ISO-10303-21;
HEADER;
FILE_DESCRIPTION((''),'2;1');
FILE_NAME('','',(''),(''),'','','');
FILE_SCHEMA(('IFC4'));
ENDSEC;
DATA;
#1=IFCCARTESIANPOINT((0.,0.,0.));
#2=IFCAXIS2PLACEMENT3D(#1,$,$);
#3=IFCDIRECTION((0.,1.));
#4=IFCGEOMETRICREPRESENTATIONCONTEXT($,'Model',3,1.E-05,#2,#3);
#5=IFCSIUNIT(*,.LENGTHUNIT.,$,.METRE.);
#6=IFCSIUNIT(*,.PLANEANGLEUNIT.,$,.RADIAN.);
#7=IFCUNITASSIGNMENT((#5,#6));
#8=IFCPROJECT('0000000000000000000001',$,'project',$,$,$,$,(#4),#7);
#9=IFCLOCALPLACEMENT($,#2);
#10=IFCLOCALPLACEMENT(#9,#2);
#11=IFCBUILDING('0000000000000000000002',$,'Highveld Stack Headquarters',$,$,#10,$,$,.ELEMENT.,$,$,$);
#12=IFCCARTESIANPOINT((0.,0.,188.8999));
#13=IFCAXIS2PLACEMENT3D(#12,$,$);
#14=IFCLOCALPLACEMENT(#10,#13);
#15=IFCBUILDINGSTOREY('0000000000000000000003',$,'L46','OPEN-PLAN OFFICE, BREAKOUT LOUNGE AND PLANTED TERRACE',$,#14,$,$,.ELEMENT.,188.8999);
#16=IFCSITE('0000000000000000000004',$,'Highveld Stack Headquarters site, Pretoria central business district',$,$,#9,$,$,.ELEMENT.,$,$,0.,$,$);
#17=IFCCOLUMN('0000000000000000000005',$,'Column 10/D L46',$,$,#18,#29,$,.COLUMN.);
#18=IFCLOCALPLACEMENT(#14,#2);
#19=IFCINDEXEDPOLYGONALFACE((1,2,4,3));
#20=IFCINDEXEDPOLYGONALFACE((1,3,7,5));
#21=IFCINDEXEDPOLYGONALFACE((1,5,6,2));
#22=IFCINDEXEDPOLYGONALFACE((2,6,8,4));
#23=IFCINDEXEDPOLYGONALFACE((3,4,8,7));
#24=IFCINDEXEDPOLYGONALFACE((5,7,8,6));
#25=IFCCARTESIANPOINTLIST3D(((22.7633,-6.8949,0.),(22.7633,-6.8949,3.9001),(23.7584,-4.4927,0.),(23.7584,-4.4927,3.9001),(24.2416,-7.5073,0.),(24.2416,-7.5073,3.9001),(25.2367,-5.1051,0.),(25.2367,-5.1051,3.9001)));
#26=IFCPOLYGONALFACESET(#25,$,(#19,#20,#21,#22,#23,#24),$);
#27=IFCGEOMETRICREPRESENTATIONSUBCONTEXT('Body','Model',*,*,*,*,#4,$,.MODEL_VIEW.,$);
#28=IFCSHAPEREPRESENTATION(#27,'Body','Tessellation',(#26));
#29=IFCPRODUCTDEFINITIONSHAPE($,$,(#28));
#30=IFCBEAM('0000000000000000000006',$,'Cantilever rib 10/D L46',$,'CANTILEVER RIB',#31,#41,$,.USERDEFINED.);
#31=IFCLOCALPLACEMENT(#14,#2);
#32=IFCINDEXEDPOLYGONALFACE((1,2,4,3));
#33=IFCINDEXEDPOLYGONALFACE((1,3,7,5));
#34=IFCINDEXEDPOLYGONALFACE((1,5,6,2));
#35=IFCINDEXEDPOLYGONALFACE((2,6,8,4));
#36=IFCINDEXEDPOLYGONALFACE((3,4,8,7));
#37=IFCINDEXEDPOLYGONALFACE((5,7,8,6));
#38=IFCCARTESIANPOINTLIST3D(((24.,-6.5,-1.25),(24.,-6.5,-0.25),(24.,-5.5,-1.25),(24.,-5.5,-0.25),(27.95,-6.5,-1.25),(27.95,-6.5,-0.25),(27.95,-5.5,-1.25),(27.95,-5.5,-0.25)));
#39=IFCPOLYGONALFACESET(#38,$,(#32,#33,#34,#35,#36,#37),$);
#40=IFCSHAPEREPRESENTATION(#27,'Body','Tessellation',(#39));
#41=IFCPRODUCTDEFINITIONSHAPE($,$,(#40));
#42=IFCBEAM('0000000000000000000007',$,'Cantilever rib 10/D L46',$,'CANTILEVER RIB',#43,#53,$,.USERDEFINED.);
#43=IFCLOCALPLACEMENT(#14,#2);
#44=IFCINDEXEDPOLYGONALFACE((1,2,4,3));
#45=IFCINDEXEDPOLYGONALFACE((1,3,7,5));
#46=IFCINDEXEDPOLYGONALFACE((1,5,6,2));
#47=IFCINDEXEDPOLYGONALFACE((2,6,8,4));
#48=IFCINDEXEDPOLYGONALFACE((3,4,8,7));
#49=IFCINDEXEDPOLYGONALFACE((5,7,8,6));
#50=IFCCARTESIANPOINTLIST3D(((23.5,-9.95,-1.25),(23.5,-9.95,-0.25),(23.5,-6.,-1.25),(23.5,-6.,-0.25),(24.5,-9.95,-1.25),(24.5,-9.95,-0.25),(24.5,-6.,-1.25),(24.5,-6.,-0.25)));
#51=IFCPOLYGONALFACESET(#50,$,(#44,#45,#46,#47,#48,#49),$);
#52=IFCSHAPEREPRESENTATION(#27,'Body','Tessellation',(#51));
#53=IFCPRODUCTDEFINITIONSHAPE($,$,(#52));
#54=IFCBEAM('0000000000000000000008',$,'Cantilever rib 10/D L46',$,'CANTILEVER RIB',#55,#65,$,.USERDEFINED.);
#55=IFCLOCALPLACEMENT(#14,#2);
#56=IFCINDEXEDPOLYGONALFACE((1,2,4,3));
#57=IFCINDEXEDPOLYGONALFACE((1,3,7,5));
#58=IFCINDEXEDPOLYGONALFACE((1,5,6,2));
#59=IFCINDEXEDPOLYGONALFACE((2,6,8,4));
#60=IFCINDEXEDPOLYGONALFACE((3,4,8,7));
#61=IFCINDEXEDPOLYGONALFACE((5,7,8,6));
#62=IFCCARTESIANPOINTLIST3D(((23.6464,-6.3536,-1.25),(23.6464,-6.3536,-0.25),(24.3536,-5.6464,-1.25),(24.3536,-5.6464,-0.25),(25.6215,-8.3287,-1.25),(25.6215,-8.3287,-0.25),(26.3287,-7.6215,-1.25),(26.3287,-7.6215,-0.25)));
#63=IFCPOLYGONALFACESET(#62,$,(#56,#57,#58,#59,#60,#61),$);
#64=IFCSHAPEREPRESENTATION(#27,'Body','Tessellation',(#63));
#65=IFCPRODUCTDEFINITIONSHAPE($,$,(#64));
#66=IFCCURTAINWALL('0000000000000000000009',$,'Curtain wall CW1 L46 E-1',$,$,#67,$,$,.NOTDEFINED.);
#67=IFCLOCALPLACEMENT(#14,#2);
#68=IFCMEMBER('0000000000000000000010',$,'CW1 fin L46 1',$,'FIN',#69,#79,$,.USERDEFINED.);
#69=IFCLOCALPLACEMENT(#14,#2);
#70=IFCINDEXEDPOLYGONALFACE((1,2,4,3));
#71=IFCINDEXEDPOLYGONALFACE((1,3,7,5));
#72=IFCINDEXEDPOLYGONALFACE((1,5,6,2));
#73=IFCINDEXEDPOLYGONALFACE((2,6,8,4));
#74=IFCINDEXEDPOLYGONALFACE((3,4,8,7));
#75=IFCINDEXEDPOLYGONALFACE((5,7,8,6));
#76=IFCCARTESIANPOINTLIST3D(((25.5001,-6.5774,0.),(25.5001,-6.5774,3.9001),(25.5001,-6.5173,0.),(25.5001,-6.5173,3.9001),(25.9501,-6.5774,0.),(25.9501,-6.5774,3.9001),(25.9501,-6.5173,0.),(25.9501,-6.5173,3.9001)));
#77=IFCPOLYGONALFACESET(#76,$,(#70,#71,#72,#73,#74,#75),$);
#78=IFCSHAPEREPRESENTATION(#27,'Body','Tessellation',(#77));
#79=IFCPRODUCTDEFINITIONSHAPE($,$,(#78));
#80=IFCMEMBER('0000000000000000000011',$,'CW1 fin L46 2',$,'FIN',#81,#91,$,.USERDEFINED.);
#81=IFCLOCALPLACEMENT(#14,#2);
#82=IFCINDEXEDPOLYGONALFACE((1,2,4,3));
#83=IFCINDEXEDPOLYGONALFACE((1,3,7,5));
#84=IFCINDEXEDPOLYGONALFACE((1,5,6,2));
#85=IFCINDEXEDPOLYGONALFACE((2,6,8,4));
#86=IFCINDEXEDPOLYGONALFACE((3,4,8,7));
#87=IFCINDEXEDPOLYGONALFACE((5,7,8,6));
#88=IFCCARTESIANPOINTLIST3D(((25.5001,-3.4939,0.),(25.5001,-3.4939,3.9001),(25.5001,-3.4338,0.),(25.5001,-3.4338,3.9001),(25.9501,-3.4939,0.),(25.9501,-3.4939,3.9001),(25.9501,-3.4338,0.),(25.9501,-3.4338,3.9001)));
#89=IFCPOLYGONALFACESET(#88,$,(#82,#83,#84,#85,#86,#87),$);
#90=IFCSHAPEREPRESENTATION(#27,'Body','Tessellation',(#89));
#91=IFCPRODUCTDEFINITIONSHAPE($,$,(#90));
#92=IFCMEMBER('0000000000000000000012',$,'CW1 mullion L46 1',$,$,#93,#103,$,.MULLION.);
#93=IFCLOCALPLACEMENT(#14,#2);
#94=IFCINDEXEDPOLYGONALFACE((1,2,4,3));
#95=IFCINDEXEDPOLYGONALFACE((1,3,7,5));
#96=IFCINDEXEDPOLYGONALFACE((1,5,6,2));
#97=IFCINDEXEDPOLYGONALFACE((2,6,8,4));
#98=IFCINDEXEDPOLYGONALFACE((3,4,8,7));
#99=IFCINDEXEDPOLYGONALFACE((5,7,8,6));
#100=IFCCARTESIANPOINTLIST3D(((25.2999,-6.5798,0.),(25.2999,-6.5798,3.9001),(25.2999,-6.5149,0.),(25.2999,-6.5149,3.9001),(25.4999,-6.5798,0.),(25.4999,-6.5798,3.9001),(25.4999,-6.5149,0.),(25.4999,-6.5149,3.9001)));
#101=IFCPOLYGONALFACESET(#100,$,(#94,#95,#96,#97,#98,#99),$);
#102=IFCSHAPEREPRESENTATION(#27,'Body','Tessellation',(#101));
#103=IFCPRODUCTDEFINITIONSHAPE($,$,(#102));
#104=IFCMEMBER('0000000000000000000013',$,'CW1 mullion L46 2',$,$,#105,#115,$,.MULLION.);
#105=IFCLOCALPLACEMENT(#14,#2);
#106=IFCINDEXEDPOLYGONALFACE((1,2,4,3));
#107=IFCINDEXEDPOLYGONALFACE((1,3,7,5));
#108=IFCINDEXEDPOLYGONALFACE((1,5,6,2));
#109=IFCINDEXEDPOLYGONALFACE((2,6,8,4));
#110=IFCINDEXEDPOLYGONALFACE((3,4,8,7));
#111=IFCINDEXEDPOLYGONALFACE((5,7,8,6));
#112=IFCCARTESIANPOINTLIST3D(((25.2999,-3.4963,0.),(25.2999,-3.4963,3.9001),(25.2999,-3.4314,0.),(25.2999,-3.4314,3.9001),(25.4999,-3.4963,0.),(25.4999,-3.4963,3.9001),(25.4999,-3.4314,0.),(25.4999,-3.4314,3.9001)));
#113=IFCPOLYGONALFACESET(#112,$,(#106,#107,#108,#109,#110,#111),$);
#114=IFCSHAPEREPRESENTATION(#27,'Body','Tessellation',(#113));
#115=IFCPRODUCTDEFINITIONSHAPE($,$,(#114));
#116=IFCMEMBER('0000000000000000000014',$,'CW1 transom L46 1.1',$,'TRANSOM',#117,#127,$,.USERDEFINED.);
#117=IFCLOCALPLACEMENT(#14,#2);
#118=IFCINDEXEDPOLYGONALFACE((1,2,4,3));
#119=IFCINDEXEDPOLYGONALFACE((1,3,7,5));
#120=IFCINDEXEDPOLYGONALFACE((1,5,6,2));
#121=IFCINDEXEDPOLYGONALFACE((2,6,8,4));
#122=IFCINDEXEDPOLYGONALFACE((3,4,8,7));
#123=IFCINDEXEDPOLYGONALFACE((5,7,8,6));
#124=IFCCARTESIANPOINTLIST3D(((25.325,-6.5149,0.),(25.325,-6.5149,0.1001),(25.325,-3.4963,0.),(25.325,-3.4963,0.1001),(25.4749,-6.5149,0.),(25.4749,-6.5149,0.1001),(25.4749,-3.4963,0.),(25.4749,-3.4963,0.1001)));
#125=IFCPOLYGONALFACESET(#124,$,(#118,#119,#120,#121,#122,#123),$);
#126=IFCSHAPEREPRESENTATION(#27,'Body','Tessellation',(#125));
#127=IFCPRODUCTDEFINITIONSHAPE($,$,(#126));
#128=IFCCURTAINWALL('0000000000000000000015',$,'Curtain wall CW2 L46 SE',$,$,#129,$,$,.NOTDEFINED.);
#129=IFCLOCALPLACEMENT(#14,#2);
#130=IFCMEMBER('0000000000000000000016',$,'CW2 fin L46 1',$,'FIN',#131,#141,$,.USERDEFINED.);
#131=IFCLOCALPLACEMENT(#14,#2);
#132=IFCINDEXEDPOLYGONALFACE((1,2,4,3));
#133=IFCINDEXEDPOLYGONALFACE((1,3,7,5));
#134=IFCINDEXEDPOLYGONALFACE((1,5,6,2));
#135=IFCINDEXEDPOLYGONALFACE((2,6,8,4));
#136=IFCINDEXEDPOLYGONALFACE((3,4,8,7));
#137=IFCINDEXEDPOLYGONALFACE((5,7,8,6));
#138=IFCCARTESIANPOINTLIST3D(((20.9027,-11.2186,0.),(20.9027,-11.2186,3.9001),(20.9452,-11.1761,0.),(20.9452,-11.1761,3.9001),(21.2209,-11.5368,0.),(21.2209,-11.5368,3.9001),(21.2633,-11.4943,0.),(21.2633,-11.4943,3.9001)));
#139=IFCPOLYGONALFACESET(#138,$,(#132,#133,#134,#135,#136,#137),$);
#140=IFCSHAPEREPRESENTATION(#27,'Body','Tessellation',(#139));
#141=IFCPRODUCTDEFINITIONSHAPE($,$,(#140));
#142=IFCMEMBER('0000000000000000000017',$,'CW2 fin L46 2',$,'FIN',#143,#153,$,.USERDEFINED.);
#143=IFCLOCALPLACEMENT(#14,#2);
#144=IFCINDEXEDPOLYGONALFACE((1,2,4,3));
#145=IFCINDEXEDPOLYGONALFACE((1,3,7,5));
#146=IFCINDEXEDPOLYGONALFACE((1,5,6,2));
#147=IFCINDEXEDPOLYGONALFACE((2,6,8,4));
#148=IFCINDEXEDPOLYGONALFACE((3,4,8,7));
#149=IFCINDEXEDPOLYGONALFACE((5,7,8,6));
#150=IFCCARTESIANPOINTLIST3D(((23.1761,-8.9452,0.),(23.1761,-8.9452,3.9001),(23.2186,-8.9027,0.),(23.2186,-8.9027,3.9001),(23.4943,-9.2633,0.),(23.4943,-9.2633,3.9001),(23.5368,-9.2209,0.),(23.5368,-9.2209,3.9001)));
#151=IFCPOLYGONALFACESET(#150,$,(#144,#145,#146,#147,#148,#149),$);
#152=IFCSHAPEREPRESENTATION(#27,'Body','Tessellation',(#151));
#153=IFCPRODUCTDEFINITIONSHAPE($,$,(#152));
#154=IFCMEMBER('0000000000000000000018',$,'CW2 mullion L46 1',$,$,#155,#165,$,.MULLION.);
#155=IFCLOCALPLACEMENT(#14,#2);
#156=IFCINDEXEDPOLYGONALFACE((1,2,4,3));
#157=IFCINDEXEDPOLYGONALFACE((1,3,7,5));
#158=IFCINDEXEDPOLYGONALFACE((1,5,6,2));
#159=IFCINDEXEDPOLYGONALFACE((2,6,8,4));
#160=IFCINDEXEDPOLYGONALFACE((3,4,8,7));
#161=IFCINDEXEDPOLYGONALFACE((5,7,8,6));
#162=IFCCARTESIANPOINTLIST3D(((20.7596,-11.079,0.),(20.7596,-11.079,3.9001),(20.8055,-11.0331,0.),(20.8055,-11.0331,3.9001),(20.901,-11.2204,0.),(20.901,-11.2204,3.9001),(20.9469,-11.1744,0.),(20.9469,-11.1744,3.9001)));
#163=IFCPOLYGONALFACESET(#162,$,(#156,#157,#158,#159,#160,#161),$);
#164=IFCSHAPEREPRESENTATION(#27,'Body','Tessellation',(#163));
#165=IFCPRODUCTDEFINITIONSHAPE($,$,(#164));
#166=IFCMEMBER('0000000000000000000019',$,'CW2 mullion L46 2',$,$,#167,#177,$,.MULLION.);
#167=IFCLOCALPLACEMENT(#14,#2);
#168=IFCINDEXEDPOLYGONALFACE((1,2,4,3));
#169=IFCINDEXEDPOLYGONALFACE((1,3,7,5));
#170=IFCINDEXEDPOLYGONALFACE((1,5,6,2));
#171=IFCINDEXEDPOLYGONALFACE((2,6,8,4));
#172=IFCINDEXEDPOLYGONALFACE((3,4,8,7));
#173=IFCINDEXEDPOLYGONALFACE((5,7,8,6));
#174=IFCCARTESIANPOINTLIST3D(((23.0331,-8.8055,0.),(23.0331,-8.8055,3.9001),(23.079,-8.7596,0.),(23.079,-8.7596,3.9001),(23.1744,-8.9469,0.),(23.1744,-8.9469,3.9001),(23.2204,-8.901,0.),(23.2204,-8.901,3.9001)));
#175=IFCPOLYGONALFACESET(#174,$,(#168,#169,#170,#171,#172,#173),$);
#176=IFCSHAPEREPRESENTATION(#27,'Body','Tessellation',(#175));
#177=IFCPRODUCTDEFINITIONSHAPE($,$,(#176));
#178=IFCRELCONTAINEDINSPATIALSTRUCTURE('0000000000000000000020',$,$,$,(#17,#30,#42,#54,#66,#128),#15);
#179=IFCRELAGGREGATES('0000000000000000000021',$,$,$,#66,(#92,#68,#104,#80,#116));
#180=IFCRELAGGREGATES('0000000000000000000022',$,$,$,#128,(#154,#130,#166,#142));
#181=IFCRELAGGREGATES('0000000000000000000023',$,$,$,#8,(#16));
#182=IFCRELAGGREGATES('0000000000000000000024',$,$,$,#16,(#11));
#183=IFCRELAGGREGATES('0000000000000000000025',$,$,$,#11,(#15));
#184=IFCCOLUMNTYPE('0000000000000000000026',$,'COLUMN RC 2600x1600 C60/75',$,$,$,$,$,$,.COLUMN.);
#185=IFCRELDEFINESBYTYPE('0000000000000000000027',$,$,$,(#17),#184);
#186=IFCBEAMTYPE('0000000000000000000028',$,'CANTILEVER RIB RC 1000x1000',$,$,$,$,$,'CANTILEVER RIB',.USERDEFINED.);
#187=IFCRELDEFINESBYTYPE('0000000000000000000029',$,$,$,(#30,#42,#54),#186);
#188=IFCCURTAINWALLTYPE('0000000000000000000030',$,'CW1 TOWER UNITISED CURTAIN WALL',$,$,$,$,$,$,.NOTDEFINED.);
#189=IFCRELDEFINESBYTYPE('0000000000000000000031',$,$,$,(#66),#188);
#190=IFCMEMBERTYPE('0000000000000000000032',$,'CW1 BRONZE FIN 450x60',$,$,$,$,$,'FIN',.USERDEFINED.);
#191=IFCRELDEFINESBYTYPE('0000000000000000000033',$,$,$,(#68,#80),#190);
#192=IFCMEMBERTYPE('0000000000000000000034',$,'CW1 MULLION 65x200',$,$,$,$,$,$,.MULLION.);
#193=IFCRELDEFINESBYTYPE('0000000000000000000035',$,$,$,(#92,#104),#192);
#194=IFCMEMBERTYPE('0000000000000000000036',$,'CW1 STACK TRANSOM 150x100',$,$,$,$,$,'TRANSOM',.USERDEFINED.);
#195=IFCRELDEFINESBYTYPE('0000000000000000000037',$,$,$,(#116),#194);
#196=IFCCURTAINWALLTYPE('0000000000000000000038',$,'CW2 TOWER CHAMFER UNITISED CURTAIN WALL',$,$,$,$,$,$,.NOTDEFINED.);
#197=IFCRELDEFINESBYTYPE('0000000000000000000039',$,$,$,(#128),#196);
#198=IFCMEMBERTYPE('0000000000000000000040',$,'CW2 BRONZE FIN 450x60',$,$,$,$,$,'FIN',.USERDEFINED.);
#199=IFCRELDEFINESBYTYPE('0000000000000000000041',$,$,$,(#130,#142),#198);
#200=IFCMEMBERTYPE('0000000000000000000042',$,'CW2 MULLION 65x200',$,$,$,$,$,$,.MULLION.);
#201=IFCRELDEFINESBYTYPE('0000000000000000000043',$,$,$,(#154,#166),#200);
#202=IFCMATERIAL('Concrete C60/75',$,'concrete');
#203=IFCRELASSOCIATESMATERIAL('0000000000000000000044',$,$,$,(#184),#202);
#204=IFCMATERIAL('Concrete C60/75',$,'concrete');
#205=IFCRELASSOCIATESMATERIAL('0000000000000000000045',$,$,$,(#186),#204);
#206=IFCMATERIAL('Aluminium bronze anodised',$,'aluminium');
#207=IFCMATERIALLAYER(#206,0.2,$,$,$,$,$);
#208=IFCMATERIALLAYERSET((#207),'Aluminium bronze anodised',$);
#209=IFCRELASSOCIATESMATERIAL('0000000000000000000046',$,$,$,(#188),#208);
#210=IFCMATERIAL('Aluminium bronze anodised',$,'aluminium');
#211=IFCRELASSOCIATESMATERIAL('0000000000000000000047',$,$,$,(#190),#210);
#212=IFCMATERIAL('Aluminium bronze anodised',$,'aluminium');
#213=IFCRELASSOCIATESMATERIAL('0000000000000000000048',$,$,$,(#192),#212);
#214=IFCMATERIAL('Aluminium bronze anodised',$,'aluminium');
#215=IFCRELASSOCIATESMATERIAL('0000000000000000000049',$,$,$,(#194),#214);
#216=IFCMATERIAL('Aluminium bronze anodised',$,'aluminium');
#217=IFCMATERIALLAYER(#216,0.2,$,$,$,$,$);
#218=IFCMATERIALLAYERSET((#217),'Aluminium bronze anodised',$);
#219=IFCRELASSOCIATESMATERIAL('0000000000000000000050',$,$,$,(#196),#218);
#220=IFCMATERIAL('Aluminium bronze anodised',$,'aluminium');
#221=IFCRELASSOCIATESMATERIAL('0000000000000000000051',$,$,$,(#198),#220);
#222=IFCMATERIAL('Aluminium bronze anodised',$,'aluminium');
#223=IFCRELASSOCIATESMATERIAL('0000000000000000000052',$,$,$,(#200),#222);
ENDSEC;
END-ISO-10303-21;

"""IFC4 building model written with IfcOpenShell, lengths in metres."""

from ifc_helpers import new_model, si_unit, direction, frame, origin, origin_2d, place, context, subcontext, project, spatial, rectangle, extrude, material, layer, layer_set, material_profile, profile_set, type_object, element, aggregate, save


model = new_model("IFC4")

# Units and contexts
model_context = context("Model", 3, precision=1e-05, world=origin(), true_north=direction((0.0, 1.0)))
body_context = subcontext(model_context, "Body", "Model", "MODEL_VIEW")
ifc_project = project(units=[si_unit("LENGTHUNIT", "METRE"), si_unit("PLANEANGLEUNIT", "RADIAN")], contexts=[model_context])

# Site, building, storey
site_placement = place(None, origin())
site = spatial("IfcSite", under=ifc_project, at=site_placement, Name="Highveld Stack Headquarters site, Pretoria central business district", CompositionType="ELEMENT", RefElevation=0.0)
building_placement = place(site_placement, origin())
building = spatial("IfcBuilding", under=site, at=building_placement, Name="Highveld Stack Headquarters", CompositionType="ELEMENT")
storey_placement = place(building_placement, frame((0.0, 0.0, 188.8999)))
storey = spatial("IfcBuildingStorey", under=building, at=storey_placement, Name="L46", Description="OPEN-PLAN OFFICE, BREAKOUT LOUNGE AND PLANTED TERRACE", CompositionType="ELEMENT", Elevation=188.8999)

# Column
ifc_material_1 = material(Name="Concrete C60/75", Category="concrete")
ifc_material_profile_1 = material_profile(ifc_material_1, rectangle(XDim=2.6001, YDim=1.6001, at=origin_2d()), Name="RC 2600x1600")
ifc_profile_set_1 = profile_set([ifc_material_profile_1], Name="Concrete C60/75")
column_type = type_object("IfcColumnType", Name="COLUMN RC 2600x1600 C60/75", PredefinedType="COLUMN", material=ifc_profile_set_1)
column_placement = place(storey_placement, frame((24.0, -6.0, 0.0), z_axis=(0.0, 0.0, 1.0), x_axis=(-0.382683, -0.92388, 0.0)))
element("IfcColumn", 1, at=column_placement, inside=storey, type_object=column_type, Name="Column 10/D L46", PredefinedType="COLUMN", context=body_context, shape_type="SweptSolid", body=[
    extrude(rectangle(XDim=2.6001, YDim=1.6001, at=origin_2d()), origin(), (0.0, 0.0, 1.0), 3.9001),
])

# Beams
ifc_material_2 = material(Name="Concrete C60/75", Category="concrete")
ifc_material_profile_2 = material_profile(ifc_material_2, rectangle(XDim=1.0, YDim=1.0, at=origin_2d()), Name="RC 1000x1000")
ifc_profile_set_2 = profile_set([ifc_material_profile_2], Name="Concrete C60/75")
beam_type_1 = type_object("IfcBeamType", Name="CANTILEVER RIB RC 1000x1000", ElementType="CANTILEVER RIB", PredefinedType="USERDEFINED", material=ifc_profile_set_2)
for number, where, z_axis, x_axis, name in (
    (2, (24.0, -6.0, -0.75), (1.0, 0.0, 0.0), (0.0, 1.0, 0.0), "Cantilever rib 10/D L46"),
    (3, (24.0, -6.0, -0.75), (0.0, -1.0, 0.0), (1.0, 0.0, 0.0), "Cantilever rib 10/D L46"),
):
    element("IfcBeam", number, at=place(storey_placement, frame(where, z_axis=z_axis, x_axis=x_axis)), inside=storey, type_object=beam_type_1, Name=name, ObjectType="CANTILEVER RIB", PredefinedType="USERDEFINED", context=body_context, shape_type="SweptSolid", body=[
        extrude(rectangle(XDim=1.0, YDim=1.0, at=origin_2d()), origin(), (0.0, 0.0, 1.0), 3.95),
    ])
beam_1_placement = place(storey_placement, frame((24.0, -6.0, -0.75), z_axis=(0.707107, -0.707107, 0.0), x_axis=(0.707107, 0.707107, 0.0)))
element("IfcBeam", 4, at=beam_1_placement, inside=storey, type_object=beam_type_1, Name="Cantilever rib 10/D L46", ObjectType="CANTILEVER RIB", PredefinedType="USERDEFINED", context=body_context, shape_type="SweptSolid", body=[
    extrude(rectangle(XDim=1.0, YDim=1.0, at=origin_2d()), origin(), (0.0, 0.0, 1.0), 2.7932),
])

# Curtain walls, members
ifc_material_3 = material(Name="Aluminium bronze anodised", Category="aluminium")
ifc_layer_1 = layer(ifc_material_3, 0.2)
ifc_layer_set_1 = layer_set([ifc_layer_1], Name="Aluminium bronze anodised")
curtain_wall_type_1 = type_object("IfcCurtainWallType", Name="CW1 TOWER UNITISED CURTAIN WALL", PredefinedType="NOTDEFINED", material=ifc_layer_set_1)
curtain_wall_1_placement = place(storey_placement, origin())
curtain_wall_1 = element("IfcCurtainWall", 5, at=curtain_wall_1_placement, inside=storey, type_object=curtain_wall_type_1, Name="Curtain wall CW1 L46 E-1", PredefinedType="NOTDEFINED")
ifc_material_4 = material(Name="Aluminium bronze anodised", Category="aluminium")
ifc_material_profile_3 = material_profile(ifc_material_4, rectangle(XDim=0.45, YDim=0.0601, at=origin_2d()), Name="FIN 450x60")
ifc_profile_set_3 = profile_set([ifc_material_profile_3], Name="Aluminium bronze anodised")
member_type_1 = type_object("IfcMemberType", Name="CW1 BRONZE FIN 450x60", ElementType="FIN", PredefinedType="USERDEFINED", material=ifc_profile_set_3)
member_1_placement = place(storey_placement, frame((25.7251, -6.5474, 0.0), z_axis=(0.0, 0.0, 1.0), x_axis=(-1.0, 0.0, 0.0)))
member_1 = element("IfcMember", 6, at=member_1_placement, type_object=member_type_1, Name="CW1 fin L46 1", ObjectType="FIN", PredefinedType="USERDEFINED", context=body_context, shape_type="SweptSolid", body=[
    extrude(rectangle(XDim=0.45, YDim=0.0601, at=origin_2d()), origin(), (0.0, 0.0, 1.0), 3.9001),
])
member_2_placement = place(storey_placement, frame((25.7251, -3.4639, 0.0), z_axis=(0.0, 0.0, 1.0), x_axis=(-1.0, 0.0, 0.0)))
member_2 = element("IfcMember", 7, at=member_2_placement, type_object=member_type_1, Name="CW1 fin L46 2", ObjectType="FIN", PredefinedType="USERDEFINED", context=body_context, shape_type="SweptSolid", body=[
    extrude(rectangle(XDim=0.45, YDim=0.0601, at=origin_2d()), origin(), (0.0, 0.0, 1.0), 3.9001),
])
ifc_material_5 = material(Name="Aluminium bronze anodised", Category="aluminium")
ifc_material_profile_4 = material_profile(ifc_material_5, rectangle(XDim=0.2, YDim=0.0649, at=origin_2d()), Name="CW1 MULLION 65x200")
ifc_profile_set_4 = profile_set([ifc_material_profile_4], Name="Aluminium bronze anodised")
member_type_2 = type_object("IfcMemberType", Name="CW1 MULLION 65x200", PredefinedType="MULLION", material=ifc_profile_set_4)
member_3_placement = place(storey_placement, frame((25.3999, -6.5474, 0.0), z_axis=(0.0, 0.0, 1.0), x_axis=(-1.0, 0.0, 0.0)))
member_3 = element("IfcMember", 8, at=member_3_placement, type_object=member_type_2, Name="CW1 mullion L46 1", PredefinedType="MULLION", context=body_context, shape_type="SweptSolid", body=[
    extrude(rectangle(XDim=0.2, YDim=0.0649, at=origin_2d()), origin(), (0.0, 0.0, 1.0), 3.9001),
])
member_4_placement = place(storey_placement, frame((25.3999, -3.4639, 0.0), z_axis=(0.0, 0.0, 1.0), x_axis=(-1.0, 0.0, 0.0)))
member_4 = element("IfcMember", 9, at=member_4_placement, type_object=member_type_2, Name="CW1 mullion L46 2", PredefinedType="MULLION", context=body_context, shape_type="SweptSolid", body=[
    extrude(rectangle(XDim=0.2, YDim=0.0649, at=origin_2d()), origin(), (0.0, 0.0, 1.0), 3.9001),
])
ifc_material_6 = material(Name="Aluminium bronze anodised", Category="aluminium")
ifc_material_profile_5 = material_profile(ifc_material_6, rectangle(XDim=0.1499, YDim=0.1001, at=origin_2d()), Name="CW1 TRANSOM 150x100")
ifc_profile_set_5 = profile_set([ifc_material_profile_5], Name="Aluminium bronze anodised")
member_type_3 = type_object("IfcMemberType", Name="CW1 STACK TRANSOM 150x100", ElementType="TRANSOM", PredefinedType="USERDEFINED", material=ifc_profile_set_5)
member_5_placement = place(storey_placement, frame((25.3999, -6.5149, 0.05), z_axis=(0.0, 1.0, 0.0), x_axis=(-1.0, 0.0, 0.0)))
member_5 = element("IfcMember", 10, at=member_5_placement, type_object=member_type_3, Name="CW1 transom L46 1.1", ObjectType="TRANSOM", PredefinedType="USERDEFINED", context=body_context, shape_type="SweptSolid", body=[
    extrude(rectangle(XDim=0.1499, YDim=0.1001, at=origin_2d()), origin(), (0.0, 0.0, 1.0), 3.0186),
])
ifc_material_7 = material(Name="Aluminium bronze anodised", Category="aluminium")
ifc_layer_2 = layer(ifc_material_7, 0.2)
ifc_layer_set_2 = layer_set([ifc_layer_2], Name="Aluminium bronze anodised")
curtain_wall_type_2 = type_object("IfcCurtainWallType", Name="CW2 TOWER CHAMFER UNITISED CURTAIN WALL", PredefinedType="NOTDEFINED", material=ifc_layer_set_2)
curtain_wall_2_placement = place(storey_placement, origin())
curtain_wall_2 = element("IfcCurtainWall", 11, at=curtain_wall_2_placement, inside=storey, type_object=curtain_wall_type_2, Name="Curtain wall CW2 L46 SE", PredefinedType="NOTDEFINED")
ifc_material_8 = material(Name="Aluminium bronze anodised", Category="aluminium")
ifc_material_profile_6 = material_profile(ifc_material_8, rectangle(XDim=0.45, YDim=0.0601, at=origin_2d()), Name="FIN 450x60")
ifc_profile_set_6 = profile_set([ifc_material_profile_6], Name="Aluminium bronze anodised")
member_type_4 = type_object("IfcMemberType", Name="CW2 BRONZE FIN 450x60", ElementType="FIN", PredefinedType="USERDEFINED", material=ifc_profile_set_6)
member_6_placement = place(storey_placement, frame((21.083, -11.3564, 0.0), z_axis=(0.0, 0.0, 1.0), x_axis=(-0.707107, 0.707107, 0.0)))
member_6 = element("IfcMember", 12, at=member_6_placement, type_object=member_type_4, Name="CW2 fin L46 1", ObjectType="FIN", PredefinedType="USERDEFINED", context=body_context, shape_type="SweptSolid", body=[
    extrude(rectangle(XDim=0.45, YDim=0.0601, at=origin_2d()), origin(), (0.0, 0.0, 1.0), 3.9001),
])
member_7_placement = place(storey_placement, frame((23.3564, -9.083, 0.0), z_axis=(0.0, 0.0, 1.0), x_axis=(-0.707107, 0.707107, 0.0)))
member_7 = element("IfcMember", 13, at=member_7_placement, type_object=member_type_4, Name="CW2 fin L46 2", ObjectType="FIN", PredefinedType="USERDEFINED", context=body_context, shape_type="SweptSolid", body=[
    extrude(rectangle(XDim=0.45, YDim=0.0601, at=origin_2d()), origin(), (0.0, 0.0, 1.0), 3.9001),
])
ifc_material_9 = material(Name="Aluminium bronze anodised", Category="aluminium")
ifc_material_profile_7 = material_profile(ifc_material_9, rectangle(XDim=0.2, YDim=0.0649, at=origin_2d()), Name="CW2 MULLION 65x200")
ifc_profile_set_7 = profile_set([ifc_material_profile_7], Name="Aluminium bronze anodised")
member_type_5 = type_object("IfcMemberType", Name="CW2 MULLION 65x200", PredefinedType="MULLION", material=ifc_profile_set_7)
member_8_placement = place(storey_placement, frame((20.8533, -11.1267, 0.0), z_axis=(0.0, 0.0, 1.0), x_axis=(-0.707107, 0.707107, 0.0)))
member_8 = element("IfcMember", 14, at=member_8_placement, type_object=member_type_5, Name="CW2 mullion L46 1", PredefinedType="MULLION", context=body_context, shape_type="SweptSolid", body=[
    extrude(rectangle(XDim=0.2, YDim=0.0649, at=origin_2d()), origin(), (0.0, 0.0, 1.0), 3.9001),
])
member_9_placement = place(storey_placement, frame((23.1267, -8.8533, 0.0), z_axis=(0.0, 0.0, 1.0), x_axis=(-0.707107, 0.707107, 0.0)))
member_9 = element("IfcMember", 15, at=member_9_placement, type_object=member_type_5, Name="CW2 mullion L46 2", PredefinedType="MULLION", context=body_context, shape_type="SweptSolid", body=[
    extrude(rectangle(XDim=0.2, YDim=0.0649, at=origin_2d()), origin(), (0.0, 0.0, 1.0), 3.9001),
])

aggregate(curtain_wall_1, [member_3, member_1, member_4, member_2, member_5])
aggregate(curtain_wall_2, [member_8, member_6, member_9, member_7])

save(model, "model.ifc")
